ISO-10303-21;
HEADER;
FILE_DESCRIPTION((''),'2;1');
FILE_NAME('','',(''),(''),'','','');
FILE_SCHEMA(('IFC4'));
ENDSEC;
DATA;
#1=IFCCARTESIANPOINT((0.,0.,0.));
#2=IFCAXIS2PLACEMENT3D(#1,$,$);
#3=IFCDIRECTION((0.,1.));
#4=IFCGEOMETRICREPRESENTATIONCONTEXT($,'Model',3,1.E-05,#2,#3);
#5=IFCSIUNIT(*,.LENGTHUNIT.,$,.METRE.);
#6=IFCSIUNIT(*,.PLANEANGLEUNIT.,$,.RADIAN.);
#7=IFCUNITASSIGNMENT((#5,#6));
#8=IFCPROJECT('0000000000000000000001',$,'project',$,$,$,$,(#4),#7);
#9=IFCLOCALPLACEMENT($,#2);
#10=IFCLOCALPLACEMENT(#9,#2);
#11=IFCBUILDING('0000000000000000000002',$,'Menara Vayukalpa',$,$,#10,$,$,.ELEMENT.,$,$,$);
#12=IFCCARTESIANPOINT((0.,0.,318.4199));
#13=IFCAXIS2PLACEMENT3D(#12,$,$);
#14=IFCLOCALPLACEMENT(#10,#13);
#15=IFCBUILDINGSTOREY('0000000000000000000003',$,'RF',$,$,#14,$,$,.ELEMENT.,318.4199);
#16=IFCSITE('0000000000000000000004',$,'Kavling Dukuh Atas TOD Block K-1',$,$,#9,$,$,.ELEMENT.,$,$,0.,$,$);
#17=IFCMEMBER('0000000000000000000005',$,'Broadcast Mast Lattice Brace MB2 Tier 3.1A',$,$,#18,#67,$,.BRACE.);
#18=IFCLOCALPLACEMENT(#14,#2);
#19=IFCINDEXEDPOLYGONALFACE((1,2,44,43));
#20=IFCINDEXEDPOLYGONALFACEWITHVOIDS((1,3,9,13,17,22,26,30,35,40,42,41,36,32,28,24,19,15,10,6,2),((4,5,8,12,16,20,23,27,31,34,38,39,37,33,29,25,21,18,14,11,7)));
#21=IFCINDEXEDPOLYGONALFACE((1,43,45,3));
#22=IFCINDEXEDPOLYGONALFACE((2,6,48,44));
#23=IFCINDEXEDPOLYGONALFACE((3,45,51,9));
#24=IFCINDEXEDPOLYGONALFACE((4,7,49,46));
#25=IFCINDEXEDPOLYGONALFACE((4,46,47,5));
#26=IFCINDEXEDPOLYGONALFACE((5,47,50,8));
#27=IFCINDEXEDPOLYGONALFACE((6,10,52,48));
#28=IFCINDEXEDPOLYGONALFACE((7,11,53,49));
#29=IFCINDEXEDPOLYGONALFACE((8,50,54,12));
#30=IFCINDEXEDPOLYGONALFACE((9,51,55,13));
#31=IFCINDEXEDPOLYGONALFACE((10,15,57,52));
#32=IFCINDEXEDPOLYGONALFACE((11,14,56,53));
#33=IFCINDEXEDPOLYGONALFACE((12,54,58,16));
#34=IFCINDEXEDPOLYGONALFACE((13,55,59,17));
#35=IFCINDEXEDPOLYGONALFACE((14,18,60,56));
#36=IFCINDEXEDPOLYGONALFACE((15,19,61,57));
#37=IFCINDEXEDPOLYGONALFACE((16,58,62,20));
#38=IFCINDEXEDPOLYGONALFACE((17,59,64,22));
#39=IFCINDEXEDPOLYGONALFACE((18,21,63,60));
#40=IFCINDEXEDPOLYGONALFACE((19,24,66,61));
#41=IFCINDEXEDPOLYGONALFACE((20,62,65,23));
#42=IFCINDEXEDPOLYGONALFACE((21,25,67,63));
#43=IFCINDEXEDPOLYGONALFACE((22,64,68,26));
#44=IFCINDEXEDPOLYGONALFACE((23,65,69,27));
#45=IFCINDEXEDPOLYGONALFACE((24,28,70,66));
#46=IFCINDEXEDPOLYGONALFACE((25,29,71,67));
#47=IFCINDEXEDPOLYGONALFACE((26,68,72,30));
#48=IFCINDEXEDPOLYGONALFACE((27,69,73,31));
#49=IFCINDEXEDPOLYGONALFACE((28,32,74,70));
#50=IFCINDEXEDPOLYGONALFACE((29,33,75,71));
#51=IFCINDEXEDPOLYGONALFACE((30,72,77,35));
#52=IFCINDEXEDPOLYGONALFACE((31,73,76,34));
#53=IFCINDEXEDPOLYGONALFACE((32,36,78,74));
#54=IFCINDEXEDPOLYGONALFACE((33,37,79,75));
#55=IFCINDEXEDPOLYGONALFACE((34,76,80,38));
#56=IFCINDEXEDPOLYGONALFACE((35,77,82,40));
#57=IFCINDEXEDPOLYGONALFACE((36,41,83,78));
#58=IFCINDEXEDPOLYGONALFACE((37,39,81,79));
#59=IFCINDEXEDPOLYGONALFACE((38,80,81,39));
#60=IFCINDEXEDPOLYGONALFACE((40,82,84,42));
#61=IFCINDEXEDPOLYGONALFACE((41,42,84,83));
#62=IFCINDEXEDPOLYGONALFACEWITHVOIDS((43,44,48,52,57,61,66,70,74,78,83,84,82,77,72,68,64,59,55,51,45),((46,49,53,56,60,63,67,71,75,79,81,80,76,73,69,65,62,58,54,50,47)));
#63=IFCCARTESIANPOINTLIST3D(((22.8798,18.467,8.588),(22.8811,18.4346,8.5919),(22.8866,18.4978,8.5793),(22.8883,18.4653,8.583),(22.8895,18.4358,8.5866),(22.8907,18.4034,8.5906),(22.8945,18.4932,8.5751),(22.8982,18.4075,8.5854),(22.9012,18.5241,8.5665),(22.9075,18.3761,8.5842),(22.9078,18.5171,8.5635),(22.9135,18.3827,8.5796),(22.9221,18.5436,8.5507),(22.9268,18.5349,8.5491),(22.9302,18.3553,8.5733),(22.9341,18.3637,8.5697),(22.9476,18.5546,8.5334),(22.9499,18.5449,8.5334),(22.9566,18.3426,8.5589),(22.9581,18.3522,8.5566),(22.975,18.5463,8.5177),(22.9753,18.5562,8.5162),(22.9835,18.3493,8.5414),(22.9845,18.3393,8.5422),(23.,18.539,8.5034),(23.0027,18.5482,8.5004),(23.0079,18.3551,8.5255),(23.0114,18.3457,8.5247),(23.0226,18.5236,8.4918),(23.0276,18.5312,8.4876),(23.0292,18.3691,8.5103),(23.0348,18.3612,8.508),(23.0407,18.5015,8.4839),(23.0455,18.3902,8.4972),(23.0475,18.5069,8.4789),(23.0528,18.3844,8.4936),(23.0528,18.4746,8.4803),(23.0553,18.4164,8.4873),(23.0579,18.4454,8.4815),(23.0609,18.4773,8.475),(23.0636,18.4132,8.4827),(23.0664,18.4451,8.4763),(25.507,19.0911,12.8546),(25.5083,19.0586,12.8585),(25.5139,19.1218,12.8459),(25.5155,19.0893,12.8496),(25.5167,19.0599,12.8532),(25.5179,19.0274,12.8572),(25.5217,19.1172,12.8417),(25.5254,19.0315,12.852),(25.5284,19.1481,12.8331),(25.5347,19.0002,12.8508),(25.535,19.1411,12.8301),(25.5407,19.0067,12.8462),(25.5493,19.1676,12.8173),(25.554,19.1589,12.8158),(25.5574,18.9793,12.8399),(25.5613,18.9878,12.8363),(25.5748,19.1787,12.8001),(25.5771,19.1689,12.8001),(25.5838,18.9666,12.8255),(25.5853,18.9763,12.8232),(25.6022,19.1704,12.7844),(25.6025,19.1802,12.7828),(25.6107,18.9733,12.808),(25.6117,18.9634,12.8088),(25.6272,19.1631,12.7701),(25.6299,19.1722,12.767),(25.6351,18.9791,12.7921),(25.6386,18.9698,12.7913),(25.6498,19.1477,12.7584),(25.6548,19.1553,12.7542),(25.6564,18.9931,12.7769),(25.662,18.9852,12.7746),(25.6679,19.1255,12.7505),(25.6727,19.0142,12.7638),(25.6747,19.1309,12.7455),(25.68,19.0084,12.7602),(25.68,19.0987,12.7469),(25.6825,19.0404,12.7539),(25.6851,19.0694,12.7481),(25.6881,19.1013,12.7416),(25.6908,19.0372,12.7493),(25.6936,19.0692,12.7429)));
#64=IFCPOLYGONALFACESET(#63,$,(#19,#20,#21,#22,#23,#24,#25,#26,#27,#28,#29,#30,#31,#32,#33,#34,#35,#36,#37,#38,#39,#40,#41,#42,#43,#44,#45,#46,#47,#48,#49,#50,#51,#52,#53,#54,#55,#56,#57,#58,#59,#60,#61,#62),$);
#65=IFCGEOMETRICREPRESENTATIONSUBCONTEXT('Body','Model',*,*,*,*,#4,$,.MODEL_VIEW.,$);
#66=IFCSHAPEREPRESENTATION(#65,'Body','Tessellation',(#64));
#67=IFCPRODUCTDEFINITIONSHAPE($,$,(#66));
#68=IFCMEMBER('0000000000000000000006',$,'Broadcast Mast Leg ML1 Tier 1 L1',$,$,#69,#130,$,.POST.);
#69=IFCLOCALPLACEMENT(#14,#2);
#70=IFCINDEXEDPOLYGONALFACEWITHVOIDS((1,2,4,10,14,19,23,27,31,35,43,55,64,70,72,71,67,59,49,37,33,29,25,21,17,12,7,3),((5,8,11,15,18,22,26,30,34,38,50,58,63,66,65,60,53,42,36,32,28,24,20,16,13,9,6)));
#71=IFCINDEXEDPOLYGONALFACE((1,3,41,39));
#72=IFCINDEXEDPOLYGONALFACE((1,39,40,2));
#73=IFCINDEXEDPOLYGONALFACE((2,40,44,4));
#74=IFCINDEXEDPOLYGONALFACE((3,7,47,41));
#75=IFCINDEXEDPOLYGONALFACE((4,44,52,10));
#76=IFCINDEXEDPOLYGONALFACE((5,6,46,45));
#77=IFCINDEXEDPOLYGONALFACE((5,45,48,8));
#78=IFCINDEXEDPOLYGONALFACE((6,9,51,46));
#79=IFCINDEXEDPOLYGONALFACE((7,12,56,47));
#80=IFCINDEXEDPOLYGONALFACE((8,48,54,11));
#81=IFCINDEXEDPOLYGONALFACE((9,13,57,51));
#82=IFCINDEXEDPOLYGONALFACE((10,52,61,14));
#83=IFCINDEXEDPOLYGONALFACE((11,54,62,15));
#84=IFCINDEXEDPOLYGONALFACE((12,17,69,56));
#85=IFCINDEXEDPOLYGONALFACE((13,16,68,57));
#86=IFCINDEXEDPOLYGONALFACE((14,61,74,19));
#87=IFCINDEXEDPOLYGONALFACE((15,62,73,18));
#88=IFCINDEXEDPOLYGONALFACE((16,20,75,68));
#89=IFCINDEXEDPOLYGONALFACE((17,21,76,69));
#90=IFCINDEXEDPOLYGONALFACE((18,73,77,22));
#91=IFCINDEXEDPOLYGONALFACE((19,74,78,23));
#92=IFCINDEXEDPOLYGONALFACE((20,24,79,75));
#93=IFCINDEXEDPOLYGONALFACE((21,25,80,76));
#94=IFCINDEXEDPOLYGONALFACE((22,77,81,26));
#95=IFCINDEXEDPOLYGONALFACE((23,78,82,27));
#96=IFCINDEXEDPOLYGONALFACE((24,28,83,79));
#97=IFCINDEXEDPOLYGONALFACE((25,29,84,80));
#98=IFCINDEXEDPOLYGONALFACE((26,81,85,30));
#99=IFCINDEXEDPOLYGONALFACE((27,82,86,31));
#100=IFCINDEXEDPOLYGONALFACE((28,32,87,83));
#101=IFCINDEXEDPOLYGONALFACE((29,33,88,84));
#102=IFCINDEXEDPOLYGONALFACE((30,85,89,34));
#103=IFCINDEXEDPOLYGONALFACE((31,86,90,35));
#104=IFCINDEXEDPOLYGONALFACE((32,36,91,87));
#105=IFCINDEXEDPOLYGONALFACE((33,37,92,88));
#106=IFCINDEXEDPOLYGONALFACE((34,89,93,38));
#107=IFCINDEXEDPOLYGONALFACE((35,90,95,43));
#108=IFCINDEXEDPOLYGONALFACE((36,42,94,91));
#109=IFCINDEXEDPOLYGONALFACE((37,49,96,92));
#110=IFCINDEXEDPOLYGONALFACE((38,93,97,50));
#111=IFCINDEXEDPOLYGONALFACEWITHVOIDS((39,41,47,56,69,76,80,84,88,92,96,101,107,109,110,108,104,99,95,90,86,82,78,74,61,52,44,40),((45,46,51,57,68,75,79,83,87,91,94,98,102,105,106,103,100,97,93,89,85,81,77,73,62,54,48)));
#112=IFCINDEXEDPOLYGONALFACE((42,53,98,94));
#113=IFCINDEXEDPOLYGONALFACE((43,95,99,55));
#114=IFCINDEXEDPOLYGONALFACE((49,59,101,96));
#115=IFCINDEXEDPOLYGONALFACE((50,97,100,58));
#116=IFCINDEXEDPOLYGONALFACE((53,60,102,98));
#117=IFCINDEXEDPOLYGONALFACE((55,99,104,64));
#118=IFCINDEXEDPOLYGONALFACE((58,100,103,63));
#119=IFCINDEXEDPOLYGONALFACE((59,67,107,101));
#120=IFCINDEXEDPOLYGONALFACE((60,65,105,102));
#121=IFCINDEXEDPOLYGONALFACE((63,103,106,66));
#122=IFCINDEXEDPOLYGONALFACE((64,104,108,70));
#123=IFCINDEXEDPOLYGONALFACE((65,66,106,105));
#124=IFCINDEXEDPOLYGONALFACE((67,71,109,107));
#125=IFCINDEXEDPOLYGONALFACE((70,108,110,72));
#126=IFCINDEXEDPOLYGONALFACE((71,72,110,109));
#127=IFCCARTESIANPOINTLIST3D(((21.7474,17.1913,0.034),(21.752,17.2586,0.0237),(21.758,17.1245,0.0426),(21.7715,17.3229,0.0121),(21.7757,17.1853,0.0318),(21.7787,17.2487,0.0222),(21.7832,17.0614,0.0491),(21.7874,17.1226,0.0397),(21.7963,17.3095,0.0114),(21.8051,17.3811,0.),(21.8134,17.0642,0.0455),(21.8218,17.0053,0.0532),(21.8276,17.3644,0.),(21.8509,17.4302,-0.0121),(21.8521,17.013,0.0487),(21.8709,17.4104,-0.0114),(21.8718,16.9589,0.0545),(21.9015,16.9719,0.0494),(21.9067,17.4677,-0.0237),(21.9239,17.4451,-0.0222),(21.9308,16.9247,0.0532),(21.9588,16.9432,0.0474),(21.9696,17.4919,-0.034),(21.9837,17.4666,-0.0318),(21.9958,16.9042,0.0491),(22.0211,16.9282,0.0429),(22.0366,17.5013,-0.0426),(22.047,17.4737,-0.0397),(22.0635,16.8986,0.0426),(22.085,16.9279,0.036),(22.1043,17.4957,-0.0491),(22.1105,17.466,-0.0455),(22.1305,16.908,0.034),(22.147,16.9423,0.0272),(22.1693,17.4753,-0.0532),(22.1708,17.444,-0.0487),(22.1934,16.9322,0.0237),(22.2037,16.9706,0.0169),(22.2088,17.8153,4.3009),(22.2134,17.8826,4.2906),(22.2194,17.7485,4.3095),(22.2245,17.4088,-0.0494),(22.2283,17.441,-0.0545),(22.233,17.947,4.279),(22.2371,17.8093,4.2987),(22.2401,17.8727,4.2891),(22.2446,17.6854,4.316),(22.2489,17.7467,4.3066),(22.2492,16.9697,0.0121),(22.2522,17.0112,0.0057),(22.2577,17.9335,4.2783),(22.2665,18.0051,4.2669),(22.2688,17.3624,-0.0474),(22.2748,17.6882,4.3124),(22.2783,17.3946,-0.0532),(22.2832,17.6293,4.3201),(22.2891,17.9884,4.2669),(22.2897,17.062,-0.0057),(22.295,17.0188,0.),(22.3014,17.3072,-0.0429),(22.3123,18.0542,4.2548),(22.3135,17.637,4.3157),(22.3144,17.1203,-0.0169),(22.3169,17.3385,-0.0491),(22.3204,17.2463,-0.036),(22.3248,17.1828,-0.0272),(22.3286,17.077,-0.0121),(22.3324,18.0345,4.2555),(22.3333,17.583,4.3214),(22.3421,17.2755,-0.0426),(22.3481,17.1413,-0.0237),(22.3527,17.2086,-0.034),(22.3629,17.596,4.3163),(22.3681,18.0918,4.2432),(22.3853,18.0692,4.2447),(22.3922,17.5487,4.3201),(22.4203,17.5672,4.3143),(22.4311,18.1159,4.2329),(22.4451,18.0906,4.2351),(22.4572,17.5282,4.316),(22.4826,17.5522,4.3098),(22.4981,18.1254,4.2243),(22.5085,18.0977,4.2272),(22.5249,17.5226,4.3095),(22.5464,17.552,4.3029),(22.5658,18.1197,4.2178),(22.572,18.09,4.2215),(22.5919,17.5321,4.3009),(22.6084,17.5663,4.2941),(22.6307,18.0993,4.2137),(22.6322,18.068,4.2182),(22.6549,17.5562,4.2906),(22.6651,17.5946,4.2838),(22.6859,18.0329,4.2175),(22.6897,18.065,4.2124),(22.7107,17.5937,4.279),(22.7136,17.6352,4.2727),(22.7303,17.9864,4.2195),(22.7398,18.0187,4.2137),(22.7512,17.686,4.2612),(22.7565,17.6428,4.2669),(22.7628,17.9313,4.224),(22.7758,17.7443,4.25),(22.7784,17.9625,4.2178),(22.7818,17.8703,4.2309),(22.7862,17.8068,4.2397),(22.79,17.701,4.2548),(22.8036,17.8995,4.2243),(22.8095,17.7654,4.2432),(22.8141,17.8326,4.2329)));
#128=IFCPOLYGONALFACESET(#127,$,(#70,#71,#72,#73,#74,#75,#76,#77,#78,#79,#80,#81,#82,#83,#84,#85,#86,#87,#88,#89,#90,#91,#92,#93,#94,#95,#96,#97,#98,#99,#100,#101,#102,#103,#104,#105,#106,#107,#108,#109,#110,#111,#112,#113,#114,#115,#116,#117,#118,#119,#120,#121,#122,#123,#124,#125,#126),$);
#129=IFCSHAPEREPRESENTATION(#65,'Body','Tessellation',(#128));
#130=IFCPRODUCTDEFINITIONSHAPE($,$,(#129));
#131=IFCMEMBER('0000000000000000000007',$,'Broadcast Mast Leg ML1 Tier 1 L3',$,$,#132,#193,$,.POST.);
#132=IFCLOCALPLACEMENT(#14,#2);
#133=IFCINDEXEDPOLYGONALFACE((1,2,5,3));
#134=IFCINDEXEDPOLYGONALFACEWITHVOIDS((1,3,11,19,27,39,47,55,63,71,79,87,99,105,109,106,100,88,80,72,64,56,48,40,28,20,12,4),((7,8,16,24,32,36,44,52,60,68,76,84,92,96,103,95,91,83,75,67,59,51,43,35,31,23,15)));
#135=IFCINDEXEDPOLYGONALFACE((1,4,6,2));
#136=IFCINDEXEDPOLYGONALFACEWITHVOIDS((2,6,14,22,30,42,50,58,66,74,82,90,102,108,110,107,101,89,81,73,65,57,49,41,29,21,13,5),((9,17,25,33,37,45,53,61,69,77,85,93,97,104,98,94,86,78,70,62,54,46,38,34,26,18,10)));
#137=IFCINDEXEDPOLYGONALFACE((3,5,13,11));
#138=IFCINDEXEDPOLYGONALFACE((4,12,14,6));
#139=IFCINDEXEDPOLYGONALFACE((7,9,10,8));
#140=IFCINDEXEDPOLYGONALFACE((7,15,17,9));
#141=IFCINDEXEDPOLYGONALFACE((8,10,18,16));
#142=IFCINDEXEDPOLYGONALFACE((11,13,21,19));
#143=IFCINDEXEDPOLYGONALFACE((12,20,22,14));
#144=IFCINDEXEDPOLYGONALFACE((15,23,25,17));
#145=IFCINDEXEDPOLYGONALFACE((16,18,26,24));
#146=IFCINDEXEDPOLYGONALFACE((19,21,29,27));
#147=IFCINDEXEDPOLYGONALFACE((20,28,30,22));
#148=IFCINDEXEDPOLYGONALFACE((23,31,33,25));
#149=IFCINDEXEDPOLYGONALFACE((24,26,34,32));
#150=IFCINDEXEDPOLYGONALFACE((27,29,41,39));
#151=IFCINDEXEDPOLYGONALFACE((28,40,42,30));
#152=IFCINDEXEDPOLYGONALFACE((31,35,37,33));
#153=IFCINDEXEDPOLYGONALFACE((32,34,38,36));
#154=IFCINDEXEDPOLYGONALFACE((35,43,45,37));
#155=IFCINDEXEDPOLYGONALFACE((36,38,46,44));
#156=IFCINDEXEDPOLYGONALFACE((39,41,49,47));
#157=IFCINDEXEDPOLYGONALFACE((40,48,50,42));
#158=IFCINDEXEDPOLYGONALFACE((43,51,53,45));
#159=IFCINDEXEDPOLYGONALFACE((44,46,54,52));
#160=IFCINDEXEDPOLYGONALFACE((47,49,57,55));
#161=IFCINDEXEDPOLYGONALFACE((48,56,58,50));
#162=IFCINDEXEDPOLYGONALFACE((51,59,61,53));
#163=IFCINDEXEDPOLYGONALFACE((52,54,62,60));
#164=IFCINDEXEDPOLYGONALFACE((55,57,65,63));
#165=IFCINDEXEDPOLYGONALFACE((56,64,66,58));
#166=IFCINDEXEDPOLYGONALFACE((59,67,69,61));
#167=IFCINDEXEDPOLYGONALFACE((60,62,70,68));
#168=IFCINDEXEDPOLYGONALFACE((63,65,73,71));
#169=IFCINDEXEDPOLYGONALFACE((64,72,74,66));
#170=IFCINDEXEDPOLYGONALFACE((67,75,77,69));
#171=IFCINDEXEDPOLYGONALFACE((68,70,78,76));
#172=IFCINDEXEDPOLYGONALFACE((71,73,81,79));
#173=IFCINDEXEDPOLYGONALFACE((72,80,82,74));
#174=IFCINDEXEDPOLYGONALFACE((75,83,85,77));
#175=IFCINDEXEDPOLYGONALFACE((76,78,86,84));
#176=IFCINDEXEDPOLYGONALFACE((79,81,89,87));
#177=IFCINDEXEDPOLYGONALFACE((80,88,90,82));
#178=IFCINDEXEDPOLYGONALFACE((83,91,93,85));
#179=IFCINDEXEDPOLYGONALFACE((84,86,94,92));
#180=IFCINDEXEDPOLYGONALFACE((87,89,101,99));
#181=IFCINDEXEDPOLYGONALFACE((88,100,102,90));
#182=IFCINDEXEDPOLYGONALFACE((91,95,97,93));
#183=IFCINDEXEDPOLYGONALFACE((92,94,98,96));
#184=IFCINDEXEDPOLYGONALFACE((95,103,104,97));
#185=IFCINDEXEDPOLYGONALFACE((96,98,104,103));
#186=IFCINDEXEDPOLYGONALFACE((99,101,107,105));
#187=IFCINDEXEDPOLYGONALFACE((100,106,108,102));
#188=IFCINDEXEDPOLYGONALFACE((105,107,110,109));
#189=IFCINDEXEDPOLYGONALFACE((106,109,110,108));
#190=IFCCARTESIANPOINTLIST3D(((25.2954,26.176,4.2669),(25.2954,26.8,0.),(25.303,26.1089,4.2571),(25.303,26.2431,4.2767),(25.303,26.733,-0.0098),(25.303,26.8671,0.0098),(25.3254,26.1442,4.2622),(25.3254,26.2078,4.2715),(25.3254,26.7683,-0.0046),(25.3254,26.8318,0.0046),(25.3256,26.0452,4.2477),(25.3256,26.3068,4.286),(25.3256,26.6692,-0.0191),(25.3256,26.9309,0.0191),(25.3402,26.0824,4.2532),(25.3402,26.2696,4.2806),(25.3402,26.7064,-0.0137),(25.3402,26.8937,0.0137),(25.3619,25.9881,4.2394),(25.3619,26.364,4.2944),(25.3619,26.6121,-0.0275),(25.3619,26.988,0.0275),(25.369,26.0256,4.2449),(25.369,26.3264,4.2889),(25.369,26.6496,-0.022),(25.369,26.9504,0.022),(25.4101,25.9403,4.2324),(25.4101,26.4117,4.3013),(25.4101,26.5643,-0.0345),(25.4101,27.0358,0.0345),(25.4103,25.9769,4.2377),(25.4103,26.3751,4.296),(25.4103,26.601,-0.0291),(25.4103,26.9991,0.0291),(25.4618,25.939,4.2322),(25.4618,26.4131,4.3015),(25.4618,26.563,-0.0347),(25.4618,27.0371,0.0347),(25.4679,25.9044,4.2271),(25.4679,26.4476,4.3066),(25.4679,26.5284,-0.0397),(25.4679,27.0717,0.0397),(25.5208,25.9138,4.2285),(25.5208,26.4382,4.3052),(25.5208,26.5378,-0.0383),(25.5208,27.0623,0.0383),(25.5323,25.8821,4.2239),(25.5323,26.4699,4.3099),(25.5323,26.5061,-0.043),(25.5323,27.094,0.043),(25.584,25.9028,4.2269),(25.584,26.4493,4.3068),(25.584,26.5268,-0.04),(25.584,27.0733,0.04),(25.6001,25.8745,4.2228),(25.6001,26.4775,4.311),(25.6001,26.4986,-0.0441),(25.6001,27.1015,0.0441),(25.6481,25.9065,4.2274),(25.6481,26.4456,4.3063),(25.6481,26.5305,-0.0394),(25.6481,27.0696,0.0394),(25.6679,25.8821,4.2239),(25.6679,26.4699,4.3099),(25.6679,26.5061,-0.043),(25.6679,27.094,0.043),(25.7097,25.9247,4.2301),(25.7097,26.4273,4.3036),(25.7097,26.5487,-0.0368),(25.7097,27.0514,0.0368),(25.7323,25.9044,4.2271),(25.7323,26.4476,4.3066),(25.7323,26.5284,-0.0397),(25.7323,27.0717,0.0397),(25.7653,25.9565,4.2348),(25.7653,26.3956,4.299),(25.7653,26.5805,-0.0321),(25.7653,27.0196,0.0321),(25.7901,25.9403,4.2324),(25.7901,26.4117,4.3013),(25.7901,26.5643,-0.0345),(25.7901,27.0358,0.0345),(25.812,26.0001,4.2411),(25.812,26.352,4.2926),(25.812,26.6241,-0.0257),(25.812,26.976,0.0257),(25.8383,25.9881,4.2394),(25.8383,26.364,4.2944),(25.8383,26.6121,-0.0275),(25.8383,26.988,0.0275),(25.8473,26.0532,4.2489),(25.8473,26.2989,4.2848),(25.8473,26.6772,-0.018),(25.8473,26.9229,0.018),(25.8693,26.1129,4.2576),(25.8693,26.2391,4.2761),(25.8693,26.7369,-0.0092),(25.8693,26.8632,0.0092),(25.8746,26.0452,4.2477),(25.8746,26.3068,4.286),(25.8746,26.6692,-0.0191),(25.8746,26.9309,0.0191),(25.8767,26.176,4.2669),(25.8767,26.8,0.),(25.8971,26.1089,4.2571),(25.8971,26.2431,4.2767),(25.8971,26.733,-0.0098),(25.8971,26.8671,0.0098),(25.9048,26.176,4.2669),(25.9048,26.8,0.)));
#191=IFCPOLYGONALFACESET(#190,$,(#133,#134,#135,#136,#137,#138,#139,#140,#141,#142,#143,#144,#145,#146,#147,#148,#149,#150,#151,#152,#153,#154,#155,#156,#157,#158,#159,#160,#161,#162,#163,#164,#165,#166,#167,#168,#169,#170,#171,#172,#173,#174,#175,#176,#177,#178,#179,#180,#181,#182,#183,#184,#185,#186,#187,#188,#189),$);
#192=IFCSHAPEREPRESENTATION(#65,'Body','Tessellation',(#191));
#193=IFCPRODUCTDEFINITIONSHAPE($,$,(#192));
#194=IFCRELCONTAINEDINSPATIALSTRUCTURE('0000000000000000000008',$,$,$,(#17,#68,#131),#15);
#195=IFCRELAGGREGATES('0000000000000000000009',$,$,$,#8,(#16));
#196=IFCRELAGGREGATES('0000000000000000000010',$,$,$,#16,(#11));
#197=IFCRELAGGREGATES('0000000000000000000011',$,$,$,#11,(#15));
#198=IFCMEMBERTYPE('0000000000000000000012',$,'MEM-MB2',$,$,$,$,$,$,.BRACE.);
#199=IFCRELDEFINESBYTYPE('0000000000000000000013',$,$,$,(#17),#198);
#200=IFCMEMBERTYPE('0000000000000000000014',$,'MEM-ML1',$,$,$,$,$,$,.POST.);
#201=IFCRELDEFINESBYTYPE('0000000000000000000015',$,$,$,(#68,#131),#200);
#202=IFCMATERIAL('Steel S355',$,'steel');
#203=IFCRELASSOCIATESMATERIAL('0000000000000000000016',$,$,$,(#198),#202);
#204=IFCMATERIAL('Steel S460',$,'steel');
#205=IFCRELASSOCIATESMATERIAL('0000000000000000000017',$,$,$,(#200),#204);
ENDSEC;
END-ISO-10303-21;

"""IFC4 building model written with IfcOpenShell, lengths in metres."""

from ifc_helpers import new_model, si_unit, direction, frame, origin, origin_2d, place, context, subcontext, project, spatial, hollow_circle, extrude, material, material_profile, profile_set, type_object, element, save


model = new_model("IFC4")

# Units and contexts
model_context = context("Model", 3, precision=1e-05, world=origin(), true_north=direction((0.0, 1.0)))
body_context = subcontext(model_context, "Body", "Model", "MODEL_VIEW")
ifc_project = project(units=[si_unit("LENGTHUNIT", "METRE"), si_unit("PLANEANGLEUNIT", "RADIAN")], contexts=[model_context])

# Site, building, storey
site_placement = place(None, origin())
site = spatial("IfcSite", under=ifc_project, at=site_placement, Name="Kavling Dukuh Atas TOD Block K-1", CompositionType="ELEMENT", RefElevation=0.0)
building_placement = place(site_placement, origin())
building = spatial("IfcBuilding", under=site, at=building_placement, Name="Menara Vayukalpa", CompositionType="ELEMENT")
storey_placement = place(building_placement, frame((0.0, 0.0, 318.4199)))
storey = spatial("IfcBuildingStorey", under=building, at=storey_placement, Name="RF", CompositionType="ELEMENT", Elevation=318.4199)

# Members
ifc_material_1 = material(Name="Steel S355", Category="steel")
ifc_material_profile_1 = material_profile(ifc_material_1, hollow_circle(Radius=0.1096, WallThickness=0.01, at=origin_2d()), Name="CHS 219.1x10")
ifc_profile_set_1 = profile_set([ifc_material_profile_1], Name="Steel S355")
member_type_1 = type_object("IfcMemberType", Name="MEM-MB2", PredefinedType="BRACE", material=ifc_profile_set_1)
member_1_placement = place(storey_placement, frame((22.9729, 18.448, 8.5334), z_axis=(0.520309, 0.123586, 0.844988), x_axis=(-0.231095, 0.972931, 0.0)))
element("IfcMember", 1, at=member_1_placement, inside=storey, type_object=member_type_1, Name="Broadcast Mast Lattice Brace MB2 Tier 3.1A", PredefinedType="BRACE", context=body_context, shape_type="SweptSolid", body=[
    extrude(hollow_circle(Radius=0.1096, WallThickness=0.01, at=origin_2d()), origin(), (0.0, 0.0, 1.0), 5.0493),
])
ifc_material_2 = material(Name="Steel S460", Category="steel")
ifc_material_profile_2 = material_profile(ifc_material_2, hollow_circle(Radius=0.3047, WallThickness=0.0281, at=origin_2d()), Name="CHS 609.6x28")
ifc_profile_set_2 = profile_set([ifc_material_profile_2], Name="Steel S460")
member_type_2 = type_object("IfcMemberType", Name="MEM-ML1", PredefinedType="POST", material=ifc_profile_set_2)
member_2_placement = place(storey_placement, frame((22.05, 17.2, 0.0), z_axis=(0.106396, 0.143889, 0.983858), x_axis=(-0.804058, 0.59455, 0.0)))
element("IfcMember", 2, at=member_2_placement, inside=storey, type_object=member_type_2, Name="Broadcast Mast Leg ML1 Tier 1 L1", PredefinedType="POST", context=body_context, shape_type="SweptSolid", body=[
    extrude(hollow_circle(Radius=0.3047, WallThickness=0.0281, at=origin_2d()), origin(), (0.0, 0.0, 1.0), 4.3369),
])
member_3_placement = place(storey_placement, frame((25.6001, 26.8, 0.0), z_axis=(0.0, -0.14471, 0.989474), x_axis=(1.0, 0.0, 0.0)))
element("IfcMember", 3, at=member_3_placement, inside=storey, type_object=member_type_2, Name="Broadcast Mast Leg ML1 Tier 1 L3", PredefinedType="POST", context=body_context, shape_type="SweptSolid", body=[
    extrude(hollow_circle(Radius=0.3047, WallThickness=0.0281, at=origin_2d()), origin(), (0.0, 0.0, 1.0), 4.3123),
])

save(model, "model.ifc")
